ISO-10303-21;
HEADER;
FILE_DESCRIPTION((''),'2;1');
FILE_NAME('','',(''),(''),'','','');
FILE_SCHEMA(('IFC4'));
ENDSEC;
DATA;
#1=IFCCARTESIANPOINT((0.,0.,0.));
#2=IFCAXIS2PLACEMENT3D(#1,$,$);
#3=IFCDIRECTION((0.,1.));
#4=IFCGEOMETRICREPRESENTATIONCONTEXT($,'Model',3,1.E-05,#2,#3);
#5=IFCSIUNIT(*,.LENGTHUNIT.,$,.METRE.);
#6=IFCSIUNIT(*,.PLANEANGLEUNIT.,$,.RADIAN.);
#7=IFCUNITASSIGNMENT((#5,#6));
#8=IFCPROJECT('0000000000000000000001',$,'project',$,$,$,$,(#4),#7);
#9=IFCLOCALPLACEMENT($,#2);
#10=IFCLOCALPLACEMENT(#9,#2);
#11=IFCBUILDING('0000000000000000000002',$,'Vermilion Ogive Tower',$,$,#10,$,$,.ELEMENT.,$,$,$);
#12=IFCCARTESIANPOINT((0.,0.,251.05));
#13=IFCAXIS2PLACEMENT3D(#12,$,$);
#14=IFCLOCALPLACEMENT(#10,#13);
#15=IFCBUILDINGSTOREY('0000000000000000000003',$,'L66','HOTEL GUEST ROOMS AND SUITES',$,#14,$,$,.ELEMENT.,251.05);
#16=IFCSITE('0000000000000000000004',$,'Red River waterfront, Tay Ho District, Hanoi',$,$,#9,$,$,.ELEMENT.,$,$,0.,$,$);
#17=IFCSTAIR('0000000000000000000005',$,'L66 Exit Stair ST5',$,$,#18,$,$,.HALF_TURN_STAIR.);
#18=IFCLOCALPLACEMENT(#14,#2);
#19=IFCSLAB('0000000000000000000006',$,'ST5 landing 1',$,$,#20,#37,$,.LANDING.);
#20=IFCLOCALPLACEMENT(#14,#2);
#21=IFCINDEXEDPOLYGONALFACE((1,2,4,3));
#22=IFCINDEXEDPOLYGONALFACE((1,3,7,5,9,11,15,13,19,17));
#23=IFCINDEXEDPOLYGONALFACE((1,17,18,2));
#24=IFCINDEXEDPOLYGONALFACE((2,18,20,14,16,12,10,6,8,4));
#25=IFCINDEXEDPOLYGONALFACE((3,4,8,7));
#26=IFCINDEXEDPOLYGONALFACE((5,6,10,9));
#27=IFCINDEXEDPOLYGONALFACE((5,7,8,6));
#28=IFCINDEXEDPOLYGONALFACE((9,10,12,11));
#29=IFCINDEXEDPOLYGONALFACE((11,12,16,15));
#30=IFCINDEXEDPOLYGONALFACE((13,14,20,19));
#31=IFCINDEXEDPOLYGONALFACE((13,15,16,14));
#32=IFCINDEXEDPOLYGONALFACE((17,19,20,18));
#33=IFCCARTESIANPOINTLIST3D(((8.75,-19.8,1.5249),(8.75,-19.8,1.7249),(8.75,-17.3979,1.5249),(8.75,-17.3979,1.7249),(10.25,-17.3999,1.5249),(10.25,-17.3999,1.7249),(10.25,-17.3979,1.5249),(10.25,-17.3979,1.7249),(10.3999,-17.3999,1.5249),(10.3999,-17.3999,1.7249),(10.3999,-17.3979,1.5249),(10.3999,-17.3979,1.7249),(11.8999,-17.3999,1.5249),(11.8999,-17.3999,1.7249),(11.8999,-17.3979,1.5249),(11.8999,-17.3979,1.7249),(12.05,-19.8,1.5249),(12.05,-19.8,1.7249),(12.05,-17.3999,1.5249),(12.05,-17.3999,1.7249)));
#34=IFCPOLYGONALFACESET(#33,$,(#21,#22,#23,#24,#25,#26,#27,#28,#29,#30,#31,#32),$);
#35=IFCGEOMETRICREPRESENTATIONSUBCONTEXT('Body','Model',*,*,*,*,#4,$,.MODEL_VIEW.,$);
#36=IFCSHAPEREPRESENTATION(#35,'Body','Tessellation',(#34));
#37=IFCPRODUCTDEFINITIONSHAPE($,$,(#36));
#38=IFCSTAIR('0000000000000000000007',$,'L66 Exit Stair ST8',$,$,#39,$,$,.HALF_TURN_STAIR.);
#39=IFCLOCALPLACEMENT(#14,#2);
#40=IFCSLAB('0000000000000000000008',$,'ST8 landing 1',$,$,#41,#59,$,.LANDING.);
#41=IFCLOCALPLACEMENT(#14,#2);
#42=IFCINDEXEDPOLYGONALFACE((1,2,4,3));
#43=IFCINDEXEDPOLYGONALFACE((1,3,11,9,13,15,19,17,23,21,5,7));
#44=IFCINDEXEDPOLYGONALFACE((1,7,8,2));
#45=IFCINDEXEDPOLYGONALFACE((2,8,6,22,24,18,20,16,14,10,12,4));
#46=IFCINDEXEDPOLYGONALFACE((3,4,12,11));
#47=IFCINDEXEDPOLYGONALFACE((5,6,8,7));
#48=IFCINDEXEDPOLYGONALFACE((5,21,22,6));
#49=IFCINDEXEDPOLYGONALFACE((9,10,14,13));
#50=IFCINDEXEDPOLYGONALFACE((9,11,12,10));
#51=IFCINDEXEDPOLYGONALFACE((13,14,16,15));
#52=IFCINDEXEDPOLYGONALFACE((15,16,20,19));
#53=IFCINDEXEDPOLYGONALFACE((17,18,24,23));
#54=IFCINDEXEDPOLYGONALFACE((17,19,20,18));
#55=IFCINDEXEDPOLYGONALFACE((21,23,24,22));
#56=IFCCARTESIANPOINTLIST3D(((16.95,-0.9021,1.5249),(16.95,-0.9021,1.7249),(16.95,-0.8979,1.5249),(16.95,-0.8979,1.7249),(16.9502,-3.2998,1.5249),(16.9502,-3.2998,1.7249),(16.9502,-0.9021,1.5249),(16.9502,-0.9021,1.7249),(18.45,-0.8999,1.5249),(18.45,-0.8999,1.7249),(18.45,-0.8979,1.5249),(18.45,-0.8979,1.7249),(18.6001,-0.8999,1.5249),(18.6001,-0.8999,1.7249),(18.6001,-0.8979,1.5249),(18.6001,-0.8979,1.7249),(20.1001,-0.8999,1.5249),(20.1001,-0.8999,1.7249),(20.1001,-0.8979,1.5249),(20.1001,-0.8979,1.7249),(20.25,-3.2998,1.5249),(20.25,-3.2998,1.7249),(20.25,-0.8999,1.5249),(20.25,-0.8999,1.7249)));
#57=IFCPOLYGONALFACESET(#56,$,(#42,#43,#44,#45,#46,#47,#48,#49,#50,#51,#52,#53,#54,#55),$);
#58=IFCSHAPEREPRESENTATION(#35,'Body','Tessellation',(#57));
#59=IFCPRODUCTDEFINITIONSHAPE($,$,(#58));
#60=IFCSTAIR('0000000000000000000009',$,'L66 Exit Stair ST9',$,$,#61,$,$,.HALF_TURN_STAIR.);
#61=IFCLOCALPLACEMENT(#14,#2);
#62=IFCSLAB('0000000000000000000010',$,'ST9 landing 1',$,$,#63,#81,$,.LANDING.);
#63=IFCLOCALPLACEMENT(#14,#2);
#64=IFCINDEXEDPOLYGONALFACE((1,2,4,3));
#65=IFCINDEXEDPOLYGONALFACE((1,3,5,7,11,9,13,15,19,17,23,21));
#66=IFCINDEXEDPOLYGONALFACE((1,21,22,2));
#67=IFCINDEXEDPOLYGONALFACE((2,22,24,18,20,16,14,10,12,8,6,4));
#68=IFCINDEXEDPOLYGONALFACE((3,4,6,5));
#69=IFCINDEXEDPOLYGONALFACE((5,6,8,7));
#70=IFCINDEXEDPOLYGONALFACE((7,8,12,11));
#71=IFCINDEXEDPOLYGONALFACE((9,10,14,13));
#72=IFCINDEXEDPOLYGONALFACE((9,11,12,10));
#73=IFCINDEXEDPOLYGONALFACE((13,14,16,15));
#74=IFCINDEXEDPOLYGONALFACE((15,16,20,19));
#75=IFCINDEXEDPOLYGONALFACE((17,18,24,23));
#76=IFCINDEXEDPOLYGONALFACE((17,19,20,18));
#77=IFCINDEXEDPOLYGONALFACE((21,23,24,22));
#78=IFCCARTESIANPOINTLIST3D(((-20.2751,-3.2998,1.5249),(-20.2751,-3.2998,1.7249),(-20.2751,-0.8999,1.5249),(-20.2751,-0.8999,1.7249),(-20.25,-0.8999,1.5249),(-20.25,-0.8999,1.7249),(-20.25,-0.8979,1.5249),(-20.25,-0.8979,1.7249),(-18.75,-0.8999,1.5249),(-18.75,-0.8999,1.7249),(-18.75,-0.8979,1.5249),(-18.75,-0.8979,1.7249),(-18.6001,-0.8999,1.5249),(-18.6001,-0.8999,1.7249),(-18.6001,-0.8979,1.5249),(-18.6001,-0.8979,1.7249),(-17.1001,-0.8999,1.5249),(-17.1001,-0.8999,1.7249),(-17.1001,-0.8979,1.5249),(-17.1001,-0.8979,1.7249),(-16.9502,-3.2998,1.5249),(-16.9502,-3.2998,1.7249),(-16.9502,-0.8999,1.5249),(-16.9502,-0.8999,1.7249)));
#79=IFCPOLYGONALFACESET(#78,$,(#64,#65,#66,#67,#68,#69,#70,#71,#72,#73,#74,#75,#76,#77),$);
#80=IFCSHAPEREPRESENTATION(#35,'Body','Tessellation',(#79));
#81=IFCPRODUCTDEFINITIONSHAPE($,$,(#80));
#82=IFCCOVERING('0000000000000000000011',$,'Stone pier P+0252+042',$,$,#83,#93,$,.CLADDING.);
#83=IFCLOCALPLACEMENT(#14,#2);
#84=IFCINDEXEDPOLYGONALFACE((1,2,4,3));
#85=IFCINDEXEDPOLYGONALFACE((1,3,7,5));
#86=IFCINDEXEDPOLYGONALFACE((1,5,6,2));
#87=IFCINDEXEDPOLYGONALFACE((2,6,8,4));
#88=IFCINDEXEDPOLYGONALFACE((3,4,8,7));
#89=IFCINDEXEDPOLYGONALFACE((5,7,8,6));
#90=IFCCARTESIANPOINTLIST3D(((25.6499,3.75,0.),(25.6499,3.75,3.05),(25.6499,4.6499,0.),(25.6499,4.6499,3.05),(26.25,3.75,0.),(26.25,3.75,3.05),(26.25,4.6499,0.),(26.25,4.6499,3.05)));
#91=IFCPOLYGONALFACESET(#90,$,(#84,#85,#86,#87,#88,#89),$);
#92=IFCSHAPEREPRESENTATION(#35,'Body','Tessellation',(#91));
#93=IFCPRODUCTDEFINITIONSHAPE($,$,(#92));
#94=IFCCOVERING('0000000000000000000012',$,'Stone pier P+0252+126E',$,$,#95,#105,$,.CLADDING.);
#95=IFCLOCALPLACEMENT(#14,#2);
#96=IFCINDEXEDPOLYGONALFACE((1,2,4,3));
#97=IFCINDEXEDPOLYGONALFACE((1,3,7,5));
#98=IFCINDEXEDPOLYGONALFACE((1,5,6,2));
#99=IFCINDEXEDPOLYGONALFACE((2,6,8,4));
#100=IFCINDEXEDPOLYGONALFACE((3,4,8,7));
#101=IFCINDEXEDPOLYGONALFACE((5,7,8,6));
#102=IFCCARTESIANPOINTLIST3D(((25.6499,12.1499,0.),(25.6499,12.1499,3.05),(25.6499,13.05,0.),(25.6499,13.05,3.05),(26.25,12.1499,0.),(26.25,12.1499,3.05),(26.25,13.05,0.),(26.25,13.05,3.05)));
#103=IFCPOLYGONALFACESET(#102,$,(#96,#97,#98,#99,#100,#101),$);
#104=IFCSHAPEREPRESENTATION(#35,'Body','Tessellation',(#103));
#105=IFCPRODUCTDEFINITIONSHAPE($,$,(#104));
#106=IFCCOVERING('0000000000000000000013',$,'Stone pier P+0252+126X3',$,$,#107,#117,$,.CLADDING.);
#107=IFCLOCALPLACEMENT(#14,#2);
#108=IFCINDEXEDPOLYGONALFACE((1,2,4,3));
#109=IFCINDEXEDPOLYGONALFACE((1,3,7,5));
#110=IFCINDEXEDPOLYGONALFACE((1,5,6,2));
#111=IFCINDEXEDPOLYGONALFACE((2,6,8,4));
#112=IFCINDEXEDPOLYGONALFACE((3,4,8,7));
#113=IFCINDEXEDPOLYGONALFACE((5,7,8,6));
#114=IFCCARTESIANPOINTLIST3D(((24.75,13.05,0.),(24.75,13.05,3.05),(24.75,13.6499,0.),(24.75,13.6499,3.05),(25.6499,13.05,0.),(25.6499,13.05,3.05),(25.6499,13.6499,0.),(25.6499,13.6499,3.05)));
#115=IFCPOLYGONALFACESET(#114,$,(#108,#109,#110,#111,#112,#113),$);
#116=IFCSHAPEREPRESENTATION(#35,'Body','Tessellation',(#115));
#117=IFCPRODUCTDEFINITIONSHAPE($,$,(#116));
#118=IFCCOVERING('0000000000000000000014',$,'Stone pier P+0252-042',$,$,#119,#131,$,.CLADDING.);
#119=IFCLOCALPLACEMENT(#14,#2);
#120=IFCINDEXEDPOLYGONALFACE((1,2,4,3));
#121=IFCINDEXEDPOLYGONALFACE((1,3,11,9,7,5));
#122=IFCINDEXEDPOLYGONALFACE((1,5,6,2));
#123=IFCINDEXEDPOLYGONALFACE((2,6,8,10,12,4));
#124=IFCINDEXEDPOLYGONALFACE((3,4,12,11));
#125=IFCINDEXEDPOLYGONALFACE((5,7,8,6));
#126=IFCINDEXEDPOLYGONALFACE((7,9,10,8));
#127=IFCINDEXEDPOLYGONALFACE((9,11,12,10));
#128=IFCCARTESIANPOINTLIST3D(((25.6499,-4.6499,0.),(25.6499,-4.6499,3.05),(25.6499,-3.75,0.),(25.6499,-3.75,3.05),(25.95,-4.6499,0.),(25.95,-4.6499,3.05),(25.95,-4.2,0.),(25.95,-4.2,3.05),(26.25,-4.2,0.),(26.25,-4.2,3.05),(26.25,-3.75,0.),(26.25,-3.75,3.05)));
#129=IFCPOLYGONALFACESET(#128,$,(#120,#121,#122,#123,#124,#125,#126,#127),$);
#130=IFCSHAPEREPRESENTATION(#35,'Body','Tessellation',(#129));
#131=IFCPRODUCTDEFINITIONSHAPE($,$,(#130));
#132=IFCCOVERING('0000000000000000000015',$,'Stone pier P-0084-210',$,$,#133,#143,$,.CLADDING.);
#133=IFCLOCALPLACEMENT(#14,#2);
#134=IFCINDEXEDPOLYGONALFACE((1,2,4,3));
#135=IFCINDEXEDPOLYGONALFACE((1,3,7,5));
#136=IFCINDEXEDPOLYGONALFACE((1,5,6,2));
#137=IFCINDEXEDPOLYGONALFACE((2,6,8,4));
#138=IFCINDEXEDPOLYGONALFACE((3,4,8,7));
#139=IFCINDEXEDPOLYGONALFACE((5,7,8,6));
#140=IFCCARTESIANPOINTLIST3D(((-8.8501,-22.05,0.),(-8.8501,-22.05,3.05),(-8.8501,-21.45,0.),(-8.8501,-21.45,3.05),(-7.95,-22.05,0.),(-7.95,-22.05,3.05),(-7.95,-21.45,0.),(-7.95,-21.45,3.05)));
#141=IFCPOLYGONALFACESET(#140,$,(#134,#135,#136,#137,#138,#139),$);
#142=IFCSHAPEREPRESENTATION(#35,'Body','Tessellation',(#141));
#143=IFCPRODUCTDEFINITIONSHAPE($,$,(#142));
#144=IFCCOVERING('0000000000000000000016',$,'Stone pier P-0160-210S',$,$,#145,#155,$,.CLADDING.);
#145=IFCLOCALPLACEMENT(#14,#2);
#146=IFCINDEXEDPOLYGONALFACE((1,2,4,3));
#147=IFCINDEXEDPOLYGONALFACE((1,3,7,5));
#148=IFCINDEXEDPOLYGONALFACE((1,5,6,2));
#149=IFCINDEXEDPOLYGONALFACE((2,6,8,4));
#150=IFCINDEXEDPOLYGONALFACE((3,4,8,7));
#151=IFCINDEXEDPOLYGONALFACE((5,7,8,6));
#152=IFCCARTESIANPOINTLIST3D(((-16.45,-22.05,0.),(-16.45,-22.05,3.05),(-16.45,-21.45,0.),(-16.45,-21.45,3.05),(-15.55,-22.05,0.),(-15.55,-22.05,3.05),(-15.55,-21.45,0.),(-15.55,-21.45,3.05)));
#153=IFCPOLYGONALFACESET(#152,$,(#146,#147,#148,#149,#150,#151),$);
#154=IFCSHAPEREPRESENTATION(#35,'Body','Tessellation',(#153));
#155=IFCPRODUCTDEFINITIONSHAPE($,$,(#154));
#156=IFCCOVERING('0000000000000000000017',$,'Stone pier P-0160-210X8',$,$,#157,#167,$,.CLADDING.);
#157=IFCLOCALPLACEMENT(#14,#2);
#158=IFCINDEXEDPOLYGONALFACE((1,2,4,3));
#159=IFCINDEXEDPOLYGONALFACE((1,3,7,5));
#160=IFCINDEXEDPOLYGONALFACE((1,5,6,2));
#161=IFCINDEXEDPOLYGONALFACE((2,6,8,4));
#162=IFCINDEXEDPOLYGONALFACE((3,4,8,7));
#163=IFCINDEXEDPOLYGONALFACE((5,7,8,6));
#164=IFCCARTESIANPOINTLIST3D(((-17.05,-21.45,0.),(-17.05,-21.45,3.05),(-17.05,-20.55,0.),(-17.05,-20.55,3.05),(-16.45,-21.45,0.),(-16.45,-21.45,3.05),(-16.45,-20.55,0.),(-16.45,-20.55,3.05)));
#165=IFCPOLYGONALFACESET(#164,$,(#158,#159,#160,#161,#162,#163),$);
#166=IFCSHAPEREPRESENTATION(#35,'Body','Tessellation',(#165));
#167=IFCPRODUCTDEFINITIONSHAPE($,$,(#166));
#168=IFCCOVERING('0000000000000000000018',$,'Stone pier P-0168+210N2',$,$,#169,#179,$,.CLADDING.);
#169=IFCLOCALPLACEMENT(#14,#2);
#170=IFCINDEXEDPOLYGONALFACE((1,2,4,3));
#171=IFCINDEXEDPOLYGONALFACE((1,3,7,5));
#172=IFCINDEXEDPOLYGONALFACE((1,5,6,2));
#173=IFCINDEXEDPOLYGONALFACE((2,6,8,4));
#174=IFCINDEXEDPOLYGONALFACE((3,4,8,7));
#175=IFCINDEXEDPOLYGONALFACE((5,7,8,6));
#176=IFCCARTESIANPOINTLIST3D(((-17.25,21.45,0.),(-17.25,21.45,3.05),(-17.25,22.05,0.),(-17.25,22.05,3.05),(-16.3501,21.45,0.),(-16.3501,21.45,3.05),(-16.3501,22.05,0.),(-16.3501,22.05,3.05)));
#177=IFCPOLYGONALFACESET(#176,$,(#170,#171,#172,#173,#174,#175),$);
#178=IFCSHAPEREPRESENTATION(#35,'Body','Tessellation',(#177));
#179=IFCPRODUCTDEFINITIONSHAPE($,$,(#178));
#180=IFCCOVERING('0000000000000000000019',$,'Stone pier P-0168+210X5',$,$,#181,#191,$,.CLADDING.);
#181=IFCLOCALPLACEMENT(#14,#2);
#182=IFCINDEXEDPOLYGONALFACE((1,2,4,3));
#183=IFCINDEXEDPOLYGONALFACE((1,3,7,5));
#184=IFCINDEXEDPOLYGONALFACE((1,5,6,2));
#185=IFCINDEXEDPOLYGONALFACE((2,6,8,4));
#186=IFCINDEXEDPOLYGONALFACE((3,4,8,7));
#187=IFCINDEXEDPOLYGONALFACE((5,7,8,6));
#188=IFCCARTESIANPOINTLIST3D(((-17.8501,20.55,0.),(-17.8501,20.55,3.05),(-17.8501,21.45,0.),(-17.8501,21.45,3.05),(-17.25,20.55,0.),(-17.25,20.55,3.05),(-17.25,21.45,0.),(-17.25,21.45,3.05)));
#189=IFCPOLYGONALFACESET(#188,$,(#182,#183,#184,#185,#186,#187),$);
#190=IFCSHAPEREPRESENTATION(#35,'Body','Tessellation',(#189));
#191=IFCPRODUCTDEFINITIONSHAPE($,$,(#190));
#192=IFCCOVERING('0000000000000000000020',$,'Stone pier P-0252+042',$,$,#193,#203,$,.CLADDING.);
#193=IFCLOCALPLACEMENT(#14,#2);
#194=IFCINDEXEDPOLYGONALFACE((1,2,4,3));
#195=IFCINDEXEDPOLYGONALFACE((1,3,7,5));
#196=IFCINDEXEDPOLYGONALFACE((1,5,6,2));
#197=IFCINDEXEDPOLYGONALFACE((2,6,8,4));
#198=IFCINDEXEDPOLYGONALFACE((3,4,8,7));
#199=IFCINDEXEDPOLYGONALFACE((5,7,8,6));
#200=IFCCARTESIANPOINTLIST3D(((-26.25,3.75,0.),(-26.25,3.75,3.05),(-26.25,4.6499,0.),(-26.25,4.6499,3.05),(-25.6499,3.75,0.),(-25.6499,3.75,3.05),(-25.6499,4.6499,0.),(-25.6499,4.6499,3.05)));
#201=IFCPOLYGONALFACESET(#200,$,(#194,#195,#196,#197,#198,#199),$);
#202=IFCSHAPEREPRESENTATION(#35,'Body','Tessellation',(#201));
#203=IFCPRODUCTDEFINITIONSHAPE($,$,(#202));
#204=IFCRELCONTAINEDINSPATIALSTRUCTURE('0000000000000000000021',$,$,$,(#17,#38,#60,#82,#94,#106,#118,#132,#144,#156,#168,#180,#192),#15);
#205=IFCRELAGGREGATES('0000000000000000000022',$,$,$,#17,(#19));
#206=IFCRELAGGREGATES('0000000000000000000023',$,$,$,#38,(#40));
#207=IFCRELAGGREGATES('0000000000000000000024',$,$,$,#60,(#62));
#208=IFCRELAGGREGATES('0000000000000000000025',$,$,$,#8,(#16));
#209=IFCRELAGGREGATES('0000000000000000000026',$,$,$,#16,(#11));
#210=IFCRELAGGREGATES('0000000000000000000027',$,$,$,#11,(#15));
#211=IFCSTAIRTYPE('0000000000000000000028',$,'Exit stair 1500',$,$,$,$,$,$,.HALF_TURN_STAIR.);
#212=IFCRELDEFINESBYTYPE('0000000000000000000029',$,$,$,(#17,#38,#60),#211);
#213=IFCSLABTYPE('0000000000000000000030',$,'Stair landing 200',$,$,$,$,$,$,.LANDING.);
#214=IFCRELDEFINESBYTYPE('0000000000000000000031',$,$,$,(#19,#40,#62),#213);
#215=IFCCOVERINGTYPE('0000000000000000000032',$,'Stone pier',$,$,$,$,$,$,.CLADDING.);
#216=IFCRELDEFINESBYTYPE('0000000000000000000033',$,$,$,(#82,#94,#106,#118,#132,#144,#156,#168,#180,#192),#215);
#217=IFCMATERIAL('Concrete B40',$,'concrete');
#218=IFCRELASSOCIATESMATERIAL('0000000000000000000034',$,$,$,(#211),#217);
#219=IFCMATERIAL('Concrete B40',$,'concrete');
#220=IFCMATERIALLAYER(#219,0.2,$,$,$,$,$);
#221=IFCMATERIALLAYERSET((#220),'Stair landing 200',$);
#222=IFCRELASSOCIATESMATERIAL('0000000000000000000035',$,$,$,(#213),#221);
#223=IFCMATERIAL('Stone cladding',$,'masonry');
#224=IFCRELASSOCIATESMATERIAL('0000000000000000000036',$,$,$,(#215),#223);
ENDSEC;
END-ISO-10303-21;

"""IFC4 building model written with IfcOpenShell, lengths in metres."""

from ifc_helpers import new_model, si_unit, direction, frame, origin, place, context, subcontext, project, spatial, polyline, outline, extrude, material, layer, layer_set, type_object, element, aggregate, save


model = new_model("IFC4")

# Units and contexts
model_context = context("Model", 3, precision=1e-05, world=origin(), true_north=direction((0.0, 1.0)))
body_context = subcontext(model_context, "Body", "Model", "MODEL_VIEW")
ifc_project = project(units=[si_unit("LENGTHUNIT", "METRE"), si_unit("PLANEANGLEUNIT", "RADIAN")], contexts=[model_context])

# Site, building, storey
site_placement = place(None, origin())
site = spatial("IfcSite", under=ifc_project, at=site_placement, Name="Red River waterfront, Tay Ho District, Hanoi", CompositionType="ELEMENT", RefElevation=0.0)
building_placement = place(site_placement, origin())
building = spatial("IfcBuilding", under=site, at=building_placement, Name="Vermilion Ogive Tower", CompositionType="ELEMENT")
storey_placement = place(building_placement, frame((0.0, 0.0, 251.05)))
storey = spatial("IfcBuildingStorey", under=building, at=storey_placement, Name="L66", Description="HOTEL GUEST ROOMS AND SUITES", CompositionType="ELEMENT", Elevation=251.05)

# Stairs, slabs
ifc_material_1 = material(Name="Concrete B40", Category="concrete")
stair_type = type_object("IfcStairType", Name="Exit stair 1500", PredefinedType="HALF_TURN_STAIR", material=ifc_material_1)
ifc_material_2 = material(Name="Concrete B40", Category="concrete")
ifc_layer_1 = layer(ifc_material_2, 0.2)
ifc_layer_set_1 = layer_set([ifc_layer_1], Name="Stair landing 200")
slab_type_1 = type_object("IfcSlabType", Name="Stair landing 200", PredefinedType="LANDING", material=ifc_layer_set_1)
stair_1_placement = place(storey_placement, origin())
stair_1 = element("IfcStair", 1, at=stair_1_placement, inside=storey, type_object=stair_type, Name="L66 Exit Stair ST5", PredefinedType="HALF_TURN_STAIR")
slab_1_placement = place(storey_placement, frame((0.0, 0.0, 1.5249)))
slab_1 = element("IfcSlab", 2, at=slab_1_placement, type_object=slab_type_1, Name="ST5 landing 1", PredefinedType="LANDING", context=body_context, shape_type="SweptSolid", body=[
    extrude(outline(polyline([(12.05, -17.3999), (11.8999, -17.3999), (11.8999, -17.3979), (10.3999, -17.3979), (10.3999, -17.3999), (10.25, -17.3999), (10.25, -17.3979), (8.75, -17.3979), (8.75, -19.8), (12.05, -19.8), (12.05, -17.3999)])), origin(), (0.0, 0.0, 1.0), 0.2),
])
aggregate(stair_1, [slab_1])
stair_2_placement = place(storey_placement, origin())
stair_2 = element("IfcStair", 3, at=stair_2_placement, inside=storey, type_object=stair_type, Name="L66 Exit Stair ST8", PredefinedType="HALF_TURN_STAIR")
slab_2_placement = place(storey_placement, frame((0.0, 0.0, 1.5249)))
slab_2 = element("IfcSlab", 4, at=slab_2_placement, type_object=slab_type_1, Name="ST8 landing 1", PredefinedType="LANDING", context=body_context, shape_type="SweptSolid", body=[
    extrude(outline(polyline([(20.25, -0.8999), (20.1001, -0.8999), (20.1001, -0.8979), (18.6001, -0.8979), (18.6001, -0.8999), (18.45, -0.8999), (18.45, -0.8979), (16.95, -0.8979), (16.95, -0.9021), (16.9502, -0.9021), (16.9502, -3.2998), (20.25, -3.2998), (20.25, -0.8999)])), origin(), (0.0, 0.0, 1.0), 0.2),
])
aggregate(stair_2, [slab_2])
stair_3_placement = place(storey_placement, origin())
stair_3 = element("IfcStair", 5, at=stair_3_placement, inside=storey, type_object=stair_type, Name="L66 Exit Stair ST9", PredefinedType="HALF_TURN_STAIR")
slab_3_placement = place(storey_placement, frame((0.0, 0.0, 1.5249)))
slab_3 = element("IfcSlab", 6, at=slab_3_placement, type_object=slab_type_1, Name="ST9 landing 1", PredefinedType="LANDING", context=body_context, shape_type="SweptSolid", body=[
    extrude(outline(polyline([(-16.9502, -0.8999), (-17.1001, -0.8999), (-17.1001, -0.8979), (-18.6001, -0.8979), (-18.6001, -0.8999), (-18.75, -0.8999), (-18.75, -0.8979), (-20.25, -0.8979), (-20.25, -0.8999), (-20.2751, -0.8999), (-20.2751, -3.2998), (-16.9502, -3.2998), (-16.9502, -0.8999)])), origin(), (0.0, 0.0, 1.0), 0.2),
])
aggregate(stair_3, [slab_3])

# Coverings
ifc_material_3 = material(Name="Stone cladding", Category="masonry")
covering_type = type_object("IfcCoveringType", Name="Stone pier", PredefinedType="CLADDING", material=ifc_material_3)
covering_1_placement = place(storey_placement, origin())
element("IfcCovering", 7, at=covering_1_placement, inside=storey, type_object=covering_type, Name="Stone pier P+0252+042", PredefinedType="CLADDING", context=body_context, shape_type="SweptSolid", body=[
    extrude(outline(polyline([(26.25, 4.6499), (26.25, 3.75), (25.6499, 3.75), (25.6499, 4.6499), (26.25, 4.6499)])), origin(), (0.0, 0.0, 1.0), 3.05),
])
covering_2_placement = place(storey_placement, origin())
element("IfcCovering", 8, at=covering_2_placement, inside=storey, type_object=covering_type, Name="Stone pier P+0252+126E", PredefinedType="CLADDING", context=body_context, shape_type="SweptSolid", body=[
    extrude(outline(polyline([(26.25, 13.05), (26.25, 12.1499), (25.6499, 12.1499), (25.6499, 13.05), (26.25, 13.05)])), origin(), (0.0, 0.0, 1.0), 3.05),
])
covering_3_placement = place(storey_placement, origin())
element("IfcCovering", 9, at=covering_3_placement, inside=storey, type_object=covering_type, Name="Stone pier P+0252+126X3", PredefinedType="CLADDING", context=body_context, shape_type="SweptSolid", body=[
    extrude(outline(polyline([(25.6499, 13.6499), (25.6499, 13.05), (24.75, 13.05), (24.75, 13.6499), (25.6499, 13.6499)])), origin(), (0.0, 0.0, 1.0), 3.05),
])
covering_4_placement = place(storey_placement, origin())
element("IfcCovering", 10, at=covering_4_placement, inside=storey, type_object=covering_type, Name="Stone pier P+0252-042", PredefinedType="CLADDING", context=body_context, shape_type="SweptSolid", body=[
    extrude(outline(polyline([(26.25, -3.75), (26.25, -4.2), (25.95, -4.2), (25.95, -4.6499), (25.6499, -4.6499), (25.6499, -3.75), (26.25, -3.75)])), origin(), (0.0, 0.0, 1.0), 3.05),
])
covering_5_placement = place(storey_placement, origin())
element("IfcCovering", 11, at=covering_5_placement, inside=storey, type_object=covering_type, Name="Stone pier P-0084-210", PredefinedType="CLADDING", context=body_context, shape_type="SweptSolid", body=[
    extrude(outline(polyline([(-7.95, -21.45), (-7.95, -22.05), (-8.8501, -22.05), (-8.8501, -21.45), (-8.8501, -21.45), (-7.95, -21.45)])), origin(), (0.0, 0.0, 1.0), 3.05),
])
covering_6_placement = place(storey_placement, origin())
element("IfcCovering", 12, at=covering_6_placement, inside=storey, type_object=covering_type, Name="Stone pier P-0160-210S", PredefinedType="CLADDING", context=body_context, shape_type="SweptSolid", body=[
    extrude(outline(polyline([(-15.55, -22.05), (-16.45, -22.05), (-16.45, -21.45), (-15.55, -21.45), (-15.55, -22.05)])), origin(), (0.0, 0.0, 1.0), 3.05),
])
covering_7_placement = place(storey_placement, origin())
element("IfcCovering", 13, at=covering_7_placement, inside=storey, type_object=covering_type, Name="Stone pier P-0160-210X8", PredefinedType="CLADDING", context=body_context, shape_type="SweptSolid", body=[
    extrude(outline(polyline([(-17.05, -20.55), (-16.45, -20.55), (-16.45, -21.45), (-17.05, -21.45), (-17.05, -20.55)])), origin(), (0.0, 0.0, 1.0), 3.05),
])
covering_8_placement = place(storey_placement, origin())
element("IfcCovering", 14, at=covering_8_placement, inside=storey, type_object=covering_type, Name="Stone pier P-0168+210N2", PredefinedType="CLADDING", context=body_context, shape_type="SweptSolid", body=[
    extrude(outline(polyline([(-17.25, 21.45), (-17.25, 22.05), (-16.3501, 22.05), (-16.3501, 21.45), (-17.25, 21.45), (-17.25, 21.45)])), origin(), (0.0, 0.0, 1.0), 3.05),
])
covering_9_placement = place(storey_placement, origin())
element("IfcCovering", 15, at=covering_9_placement, inside=storey, type_object=covering_type, Name="Stone pier P-0168+210X5", PredefinedType="CLADDING", context=body_context, shape_type="SweptSolid", body=[
    extrude(outline(polyline([(-17.8501, 21.45), (-17.25, 21.45), (-17.25, 21.45), (-17.25, 20.55), (-17.8501, 20.55), (-17.8501, 21.45)])), origin(), (0.0, 0.0, 1.0), 3.05),
])
covering_10_placement = place(storey_placement, origin())
element("IfcCovering", 16, at=covering_10_placement, inside=storey, type_object=covering_type, Name="Stone pier P-0252+042", PredefinedType="CLADDING", context=body_context, shape_type="SweptSolid", body=[
    extrude(outline(polyline([(-26.25, 3.75), (-26.25, 4.6499), (-25.6499, 4.6499), (-25.6499, 3.75), (-26.25, 3.75)])), origin(), (0.0, 0.0, 1.0), 3.05),
])

save(model, "model.ifc")
